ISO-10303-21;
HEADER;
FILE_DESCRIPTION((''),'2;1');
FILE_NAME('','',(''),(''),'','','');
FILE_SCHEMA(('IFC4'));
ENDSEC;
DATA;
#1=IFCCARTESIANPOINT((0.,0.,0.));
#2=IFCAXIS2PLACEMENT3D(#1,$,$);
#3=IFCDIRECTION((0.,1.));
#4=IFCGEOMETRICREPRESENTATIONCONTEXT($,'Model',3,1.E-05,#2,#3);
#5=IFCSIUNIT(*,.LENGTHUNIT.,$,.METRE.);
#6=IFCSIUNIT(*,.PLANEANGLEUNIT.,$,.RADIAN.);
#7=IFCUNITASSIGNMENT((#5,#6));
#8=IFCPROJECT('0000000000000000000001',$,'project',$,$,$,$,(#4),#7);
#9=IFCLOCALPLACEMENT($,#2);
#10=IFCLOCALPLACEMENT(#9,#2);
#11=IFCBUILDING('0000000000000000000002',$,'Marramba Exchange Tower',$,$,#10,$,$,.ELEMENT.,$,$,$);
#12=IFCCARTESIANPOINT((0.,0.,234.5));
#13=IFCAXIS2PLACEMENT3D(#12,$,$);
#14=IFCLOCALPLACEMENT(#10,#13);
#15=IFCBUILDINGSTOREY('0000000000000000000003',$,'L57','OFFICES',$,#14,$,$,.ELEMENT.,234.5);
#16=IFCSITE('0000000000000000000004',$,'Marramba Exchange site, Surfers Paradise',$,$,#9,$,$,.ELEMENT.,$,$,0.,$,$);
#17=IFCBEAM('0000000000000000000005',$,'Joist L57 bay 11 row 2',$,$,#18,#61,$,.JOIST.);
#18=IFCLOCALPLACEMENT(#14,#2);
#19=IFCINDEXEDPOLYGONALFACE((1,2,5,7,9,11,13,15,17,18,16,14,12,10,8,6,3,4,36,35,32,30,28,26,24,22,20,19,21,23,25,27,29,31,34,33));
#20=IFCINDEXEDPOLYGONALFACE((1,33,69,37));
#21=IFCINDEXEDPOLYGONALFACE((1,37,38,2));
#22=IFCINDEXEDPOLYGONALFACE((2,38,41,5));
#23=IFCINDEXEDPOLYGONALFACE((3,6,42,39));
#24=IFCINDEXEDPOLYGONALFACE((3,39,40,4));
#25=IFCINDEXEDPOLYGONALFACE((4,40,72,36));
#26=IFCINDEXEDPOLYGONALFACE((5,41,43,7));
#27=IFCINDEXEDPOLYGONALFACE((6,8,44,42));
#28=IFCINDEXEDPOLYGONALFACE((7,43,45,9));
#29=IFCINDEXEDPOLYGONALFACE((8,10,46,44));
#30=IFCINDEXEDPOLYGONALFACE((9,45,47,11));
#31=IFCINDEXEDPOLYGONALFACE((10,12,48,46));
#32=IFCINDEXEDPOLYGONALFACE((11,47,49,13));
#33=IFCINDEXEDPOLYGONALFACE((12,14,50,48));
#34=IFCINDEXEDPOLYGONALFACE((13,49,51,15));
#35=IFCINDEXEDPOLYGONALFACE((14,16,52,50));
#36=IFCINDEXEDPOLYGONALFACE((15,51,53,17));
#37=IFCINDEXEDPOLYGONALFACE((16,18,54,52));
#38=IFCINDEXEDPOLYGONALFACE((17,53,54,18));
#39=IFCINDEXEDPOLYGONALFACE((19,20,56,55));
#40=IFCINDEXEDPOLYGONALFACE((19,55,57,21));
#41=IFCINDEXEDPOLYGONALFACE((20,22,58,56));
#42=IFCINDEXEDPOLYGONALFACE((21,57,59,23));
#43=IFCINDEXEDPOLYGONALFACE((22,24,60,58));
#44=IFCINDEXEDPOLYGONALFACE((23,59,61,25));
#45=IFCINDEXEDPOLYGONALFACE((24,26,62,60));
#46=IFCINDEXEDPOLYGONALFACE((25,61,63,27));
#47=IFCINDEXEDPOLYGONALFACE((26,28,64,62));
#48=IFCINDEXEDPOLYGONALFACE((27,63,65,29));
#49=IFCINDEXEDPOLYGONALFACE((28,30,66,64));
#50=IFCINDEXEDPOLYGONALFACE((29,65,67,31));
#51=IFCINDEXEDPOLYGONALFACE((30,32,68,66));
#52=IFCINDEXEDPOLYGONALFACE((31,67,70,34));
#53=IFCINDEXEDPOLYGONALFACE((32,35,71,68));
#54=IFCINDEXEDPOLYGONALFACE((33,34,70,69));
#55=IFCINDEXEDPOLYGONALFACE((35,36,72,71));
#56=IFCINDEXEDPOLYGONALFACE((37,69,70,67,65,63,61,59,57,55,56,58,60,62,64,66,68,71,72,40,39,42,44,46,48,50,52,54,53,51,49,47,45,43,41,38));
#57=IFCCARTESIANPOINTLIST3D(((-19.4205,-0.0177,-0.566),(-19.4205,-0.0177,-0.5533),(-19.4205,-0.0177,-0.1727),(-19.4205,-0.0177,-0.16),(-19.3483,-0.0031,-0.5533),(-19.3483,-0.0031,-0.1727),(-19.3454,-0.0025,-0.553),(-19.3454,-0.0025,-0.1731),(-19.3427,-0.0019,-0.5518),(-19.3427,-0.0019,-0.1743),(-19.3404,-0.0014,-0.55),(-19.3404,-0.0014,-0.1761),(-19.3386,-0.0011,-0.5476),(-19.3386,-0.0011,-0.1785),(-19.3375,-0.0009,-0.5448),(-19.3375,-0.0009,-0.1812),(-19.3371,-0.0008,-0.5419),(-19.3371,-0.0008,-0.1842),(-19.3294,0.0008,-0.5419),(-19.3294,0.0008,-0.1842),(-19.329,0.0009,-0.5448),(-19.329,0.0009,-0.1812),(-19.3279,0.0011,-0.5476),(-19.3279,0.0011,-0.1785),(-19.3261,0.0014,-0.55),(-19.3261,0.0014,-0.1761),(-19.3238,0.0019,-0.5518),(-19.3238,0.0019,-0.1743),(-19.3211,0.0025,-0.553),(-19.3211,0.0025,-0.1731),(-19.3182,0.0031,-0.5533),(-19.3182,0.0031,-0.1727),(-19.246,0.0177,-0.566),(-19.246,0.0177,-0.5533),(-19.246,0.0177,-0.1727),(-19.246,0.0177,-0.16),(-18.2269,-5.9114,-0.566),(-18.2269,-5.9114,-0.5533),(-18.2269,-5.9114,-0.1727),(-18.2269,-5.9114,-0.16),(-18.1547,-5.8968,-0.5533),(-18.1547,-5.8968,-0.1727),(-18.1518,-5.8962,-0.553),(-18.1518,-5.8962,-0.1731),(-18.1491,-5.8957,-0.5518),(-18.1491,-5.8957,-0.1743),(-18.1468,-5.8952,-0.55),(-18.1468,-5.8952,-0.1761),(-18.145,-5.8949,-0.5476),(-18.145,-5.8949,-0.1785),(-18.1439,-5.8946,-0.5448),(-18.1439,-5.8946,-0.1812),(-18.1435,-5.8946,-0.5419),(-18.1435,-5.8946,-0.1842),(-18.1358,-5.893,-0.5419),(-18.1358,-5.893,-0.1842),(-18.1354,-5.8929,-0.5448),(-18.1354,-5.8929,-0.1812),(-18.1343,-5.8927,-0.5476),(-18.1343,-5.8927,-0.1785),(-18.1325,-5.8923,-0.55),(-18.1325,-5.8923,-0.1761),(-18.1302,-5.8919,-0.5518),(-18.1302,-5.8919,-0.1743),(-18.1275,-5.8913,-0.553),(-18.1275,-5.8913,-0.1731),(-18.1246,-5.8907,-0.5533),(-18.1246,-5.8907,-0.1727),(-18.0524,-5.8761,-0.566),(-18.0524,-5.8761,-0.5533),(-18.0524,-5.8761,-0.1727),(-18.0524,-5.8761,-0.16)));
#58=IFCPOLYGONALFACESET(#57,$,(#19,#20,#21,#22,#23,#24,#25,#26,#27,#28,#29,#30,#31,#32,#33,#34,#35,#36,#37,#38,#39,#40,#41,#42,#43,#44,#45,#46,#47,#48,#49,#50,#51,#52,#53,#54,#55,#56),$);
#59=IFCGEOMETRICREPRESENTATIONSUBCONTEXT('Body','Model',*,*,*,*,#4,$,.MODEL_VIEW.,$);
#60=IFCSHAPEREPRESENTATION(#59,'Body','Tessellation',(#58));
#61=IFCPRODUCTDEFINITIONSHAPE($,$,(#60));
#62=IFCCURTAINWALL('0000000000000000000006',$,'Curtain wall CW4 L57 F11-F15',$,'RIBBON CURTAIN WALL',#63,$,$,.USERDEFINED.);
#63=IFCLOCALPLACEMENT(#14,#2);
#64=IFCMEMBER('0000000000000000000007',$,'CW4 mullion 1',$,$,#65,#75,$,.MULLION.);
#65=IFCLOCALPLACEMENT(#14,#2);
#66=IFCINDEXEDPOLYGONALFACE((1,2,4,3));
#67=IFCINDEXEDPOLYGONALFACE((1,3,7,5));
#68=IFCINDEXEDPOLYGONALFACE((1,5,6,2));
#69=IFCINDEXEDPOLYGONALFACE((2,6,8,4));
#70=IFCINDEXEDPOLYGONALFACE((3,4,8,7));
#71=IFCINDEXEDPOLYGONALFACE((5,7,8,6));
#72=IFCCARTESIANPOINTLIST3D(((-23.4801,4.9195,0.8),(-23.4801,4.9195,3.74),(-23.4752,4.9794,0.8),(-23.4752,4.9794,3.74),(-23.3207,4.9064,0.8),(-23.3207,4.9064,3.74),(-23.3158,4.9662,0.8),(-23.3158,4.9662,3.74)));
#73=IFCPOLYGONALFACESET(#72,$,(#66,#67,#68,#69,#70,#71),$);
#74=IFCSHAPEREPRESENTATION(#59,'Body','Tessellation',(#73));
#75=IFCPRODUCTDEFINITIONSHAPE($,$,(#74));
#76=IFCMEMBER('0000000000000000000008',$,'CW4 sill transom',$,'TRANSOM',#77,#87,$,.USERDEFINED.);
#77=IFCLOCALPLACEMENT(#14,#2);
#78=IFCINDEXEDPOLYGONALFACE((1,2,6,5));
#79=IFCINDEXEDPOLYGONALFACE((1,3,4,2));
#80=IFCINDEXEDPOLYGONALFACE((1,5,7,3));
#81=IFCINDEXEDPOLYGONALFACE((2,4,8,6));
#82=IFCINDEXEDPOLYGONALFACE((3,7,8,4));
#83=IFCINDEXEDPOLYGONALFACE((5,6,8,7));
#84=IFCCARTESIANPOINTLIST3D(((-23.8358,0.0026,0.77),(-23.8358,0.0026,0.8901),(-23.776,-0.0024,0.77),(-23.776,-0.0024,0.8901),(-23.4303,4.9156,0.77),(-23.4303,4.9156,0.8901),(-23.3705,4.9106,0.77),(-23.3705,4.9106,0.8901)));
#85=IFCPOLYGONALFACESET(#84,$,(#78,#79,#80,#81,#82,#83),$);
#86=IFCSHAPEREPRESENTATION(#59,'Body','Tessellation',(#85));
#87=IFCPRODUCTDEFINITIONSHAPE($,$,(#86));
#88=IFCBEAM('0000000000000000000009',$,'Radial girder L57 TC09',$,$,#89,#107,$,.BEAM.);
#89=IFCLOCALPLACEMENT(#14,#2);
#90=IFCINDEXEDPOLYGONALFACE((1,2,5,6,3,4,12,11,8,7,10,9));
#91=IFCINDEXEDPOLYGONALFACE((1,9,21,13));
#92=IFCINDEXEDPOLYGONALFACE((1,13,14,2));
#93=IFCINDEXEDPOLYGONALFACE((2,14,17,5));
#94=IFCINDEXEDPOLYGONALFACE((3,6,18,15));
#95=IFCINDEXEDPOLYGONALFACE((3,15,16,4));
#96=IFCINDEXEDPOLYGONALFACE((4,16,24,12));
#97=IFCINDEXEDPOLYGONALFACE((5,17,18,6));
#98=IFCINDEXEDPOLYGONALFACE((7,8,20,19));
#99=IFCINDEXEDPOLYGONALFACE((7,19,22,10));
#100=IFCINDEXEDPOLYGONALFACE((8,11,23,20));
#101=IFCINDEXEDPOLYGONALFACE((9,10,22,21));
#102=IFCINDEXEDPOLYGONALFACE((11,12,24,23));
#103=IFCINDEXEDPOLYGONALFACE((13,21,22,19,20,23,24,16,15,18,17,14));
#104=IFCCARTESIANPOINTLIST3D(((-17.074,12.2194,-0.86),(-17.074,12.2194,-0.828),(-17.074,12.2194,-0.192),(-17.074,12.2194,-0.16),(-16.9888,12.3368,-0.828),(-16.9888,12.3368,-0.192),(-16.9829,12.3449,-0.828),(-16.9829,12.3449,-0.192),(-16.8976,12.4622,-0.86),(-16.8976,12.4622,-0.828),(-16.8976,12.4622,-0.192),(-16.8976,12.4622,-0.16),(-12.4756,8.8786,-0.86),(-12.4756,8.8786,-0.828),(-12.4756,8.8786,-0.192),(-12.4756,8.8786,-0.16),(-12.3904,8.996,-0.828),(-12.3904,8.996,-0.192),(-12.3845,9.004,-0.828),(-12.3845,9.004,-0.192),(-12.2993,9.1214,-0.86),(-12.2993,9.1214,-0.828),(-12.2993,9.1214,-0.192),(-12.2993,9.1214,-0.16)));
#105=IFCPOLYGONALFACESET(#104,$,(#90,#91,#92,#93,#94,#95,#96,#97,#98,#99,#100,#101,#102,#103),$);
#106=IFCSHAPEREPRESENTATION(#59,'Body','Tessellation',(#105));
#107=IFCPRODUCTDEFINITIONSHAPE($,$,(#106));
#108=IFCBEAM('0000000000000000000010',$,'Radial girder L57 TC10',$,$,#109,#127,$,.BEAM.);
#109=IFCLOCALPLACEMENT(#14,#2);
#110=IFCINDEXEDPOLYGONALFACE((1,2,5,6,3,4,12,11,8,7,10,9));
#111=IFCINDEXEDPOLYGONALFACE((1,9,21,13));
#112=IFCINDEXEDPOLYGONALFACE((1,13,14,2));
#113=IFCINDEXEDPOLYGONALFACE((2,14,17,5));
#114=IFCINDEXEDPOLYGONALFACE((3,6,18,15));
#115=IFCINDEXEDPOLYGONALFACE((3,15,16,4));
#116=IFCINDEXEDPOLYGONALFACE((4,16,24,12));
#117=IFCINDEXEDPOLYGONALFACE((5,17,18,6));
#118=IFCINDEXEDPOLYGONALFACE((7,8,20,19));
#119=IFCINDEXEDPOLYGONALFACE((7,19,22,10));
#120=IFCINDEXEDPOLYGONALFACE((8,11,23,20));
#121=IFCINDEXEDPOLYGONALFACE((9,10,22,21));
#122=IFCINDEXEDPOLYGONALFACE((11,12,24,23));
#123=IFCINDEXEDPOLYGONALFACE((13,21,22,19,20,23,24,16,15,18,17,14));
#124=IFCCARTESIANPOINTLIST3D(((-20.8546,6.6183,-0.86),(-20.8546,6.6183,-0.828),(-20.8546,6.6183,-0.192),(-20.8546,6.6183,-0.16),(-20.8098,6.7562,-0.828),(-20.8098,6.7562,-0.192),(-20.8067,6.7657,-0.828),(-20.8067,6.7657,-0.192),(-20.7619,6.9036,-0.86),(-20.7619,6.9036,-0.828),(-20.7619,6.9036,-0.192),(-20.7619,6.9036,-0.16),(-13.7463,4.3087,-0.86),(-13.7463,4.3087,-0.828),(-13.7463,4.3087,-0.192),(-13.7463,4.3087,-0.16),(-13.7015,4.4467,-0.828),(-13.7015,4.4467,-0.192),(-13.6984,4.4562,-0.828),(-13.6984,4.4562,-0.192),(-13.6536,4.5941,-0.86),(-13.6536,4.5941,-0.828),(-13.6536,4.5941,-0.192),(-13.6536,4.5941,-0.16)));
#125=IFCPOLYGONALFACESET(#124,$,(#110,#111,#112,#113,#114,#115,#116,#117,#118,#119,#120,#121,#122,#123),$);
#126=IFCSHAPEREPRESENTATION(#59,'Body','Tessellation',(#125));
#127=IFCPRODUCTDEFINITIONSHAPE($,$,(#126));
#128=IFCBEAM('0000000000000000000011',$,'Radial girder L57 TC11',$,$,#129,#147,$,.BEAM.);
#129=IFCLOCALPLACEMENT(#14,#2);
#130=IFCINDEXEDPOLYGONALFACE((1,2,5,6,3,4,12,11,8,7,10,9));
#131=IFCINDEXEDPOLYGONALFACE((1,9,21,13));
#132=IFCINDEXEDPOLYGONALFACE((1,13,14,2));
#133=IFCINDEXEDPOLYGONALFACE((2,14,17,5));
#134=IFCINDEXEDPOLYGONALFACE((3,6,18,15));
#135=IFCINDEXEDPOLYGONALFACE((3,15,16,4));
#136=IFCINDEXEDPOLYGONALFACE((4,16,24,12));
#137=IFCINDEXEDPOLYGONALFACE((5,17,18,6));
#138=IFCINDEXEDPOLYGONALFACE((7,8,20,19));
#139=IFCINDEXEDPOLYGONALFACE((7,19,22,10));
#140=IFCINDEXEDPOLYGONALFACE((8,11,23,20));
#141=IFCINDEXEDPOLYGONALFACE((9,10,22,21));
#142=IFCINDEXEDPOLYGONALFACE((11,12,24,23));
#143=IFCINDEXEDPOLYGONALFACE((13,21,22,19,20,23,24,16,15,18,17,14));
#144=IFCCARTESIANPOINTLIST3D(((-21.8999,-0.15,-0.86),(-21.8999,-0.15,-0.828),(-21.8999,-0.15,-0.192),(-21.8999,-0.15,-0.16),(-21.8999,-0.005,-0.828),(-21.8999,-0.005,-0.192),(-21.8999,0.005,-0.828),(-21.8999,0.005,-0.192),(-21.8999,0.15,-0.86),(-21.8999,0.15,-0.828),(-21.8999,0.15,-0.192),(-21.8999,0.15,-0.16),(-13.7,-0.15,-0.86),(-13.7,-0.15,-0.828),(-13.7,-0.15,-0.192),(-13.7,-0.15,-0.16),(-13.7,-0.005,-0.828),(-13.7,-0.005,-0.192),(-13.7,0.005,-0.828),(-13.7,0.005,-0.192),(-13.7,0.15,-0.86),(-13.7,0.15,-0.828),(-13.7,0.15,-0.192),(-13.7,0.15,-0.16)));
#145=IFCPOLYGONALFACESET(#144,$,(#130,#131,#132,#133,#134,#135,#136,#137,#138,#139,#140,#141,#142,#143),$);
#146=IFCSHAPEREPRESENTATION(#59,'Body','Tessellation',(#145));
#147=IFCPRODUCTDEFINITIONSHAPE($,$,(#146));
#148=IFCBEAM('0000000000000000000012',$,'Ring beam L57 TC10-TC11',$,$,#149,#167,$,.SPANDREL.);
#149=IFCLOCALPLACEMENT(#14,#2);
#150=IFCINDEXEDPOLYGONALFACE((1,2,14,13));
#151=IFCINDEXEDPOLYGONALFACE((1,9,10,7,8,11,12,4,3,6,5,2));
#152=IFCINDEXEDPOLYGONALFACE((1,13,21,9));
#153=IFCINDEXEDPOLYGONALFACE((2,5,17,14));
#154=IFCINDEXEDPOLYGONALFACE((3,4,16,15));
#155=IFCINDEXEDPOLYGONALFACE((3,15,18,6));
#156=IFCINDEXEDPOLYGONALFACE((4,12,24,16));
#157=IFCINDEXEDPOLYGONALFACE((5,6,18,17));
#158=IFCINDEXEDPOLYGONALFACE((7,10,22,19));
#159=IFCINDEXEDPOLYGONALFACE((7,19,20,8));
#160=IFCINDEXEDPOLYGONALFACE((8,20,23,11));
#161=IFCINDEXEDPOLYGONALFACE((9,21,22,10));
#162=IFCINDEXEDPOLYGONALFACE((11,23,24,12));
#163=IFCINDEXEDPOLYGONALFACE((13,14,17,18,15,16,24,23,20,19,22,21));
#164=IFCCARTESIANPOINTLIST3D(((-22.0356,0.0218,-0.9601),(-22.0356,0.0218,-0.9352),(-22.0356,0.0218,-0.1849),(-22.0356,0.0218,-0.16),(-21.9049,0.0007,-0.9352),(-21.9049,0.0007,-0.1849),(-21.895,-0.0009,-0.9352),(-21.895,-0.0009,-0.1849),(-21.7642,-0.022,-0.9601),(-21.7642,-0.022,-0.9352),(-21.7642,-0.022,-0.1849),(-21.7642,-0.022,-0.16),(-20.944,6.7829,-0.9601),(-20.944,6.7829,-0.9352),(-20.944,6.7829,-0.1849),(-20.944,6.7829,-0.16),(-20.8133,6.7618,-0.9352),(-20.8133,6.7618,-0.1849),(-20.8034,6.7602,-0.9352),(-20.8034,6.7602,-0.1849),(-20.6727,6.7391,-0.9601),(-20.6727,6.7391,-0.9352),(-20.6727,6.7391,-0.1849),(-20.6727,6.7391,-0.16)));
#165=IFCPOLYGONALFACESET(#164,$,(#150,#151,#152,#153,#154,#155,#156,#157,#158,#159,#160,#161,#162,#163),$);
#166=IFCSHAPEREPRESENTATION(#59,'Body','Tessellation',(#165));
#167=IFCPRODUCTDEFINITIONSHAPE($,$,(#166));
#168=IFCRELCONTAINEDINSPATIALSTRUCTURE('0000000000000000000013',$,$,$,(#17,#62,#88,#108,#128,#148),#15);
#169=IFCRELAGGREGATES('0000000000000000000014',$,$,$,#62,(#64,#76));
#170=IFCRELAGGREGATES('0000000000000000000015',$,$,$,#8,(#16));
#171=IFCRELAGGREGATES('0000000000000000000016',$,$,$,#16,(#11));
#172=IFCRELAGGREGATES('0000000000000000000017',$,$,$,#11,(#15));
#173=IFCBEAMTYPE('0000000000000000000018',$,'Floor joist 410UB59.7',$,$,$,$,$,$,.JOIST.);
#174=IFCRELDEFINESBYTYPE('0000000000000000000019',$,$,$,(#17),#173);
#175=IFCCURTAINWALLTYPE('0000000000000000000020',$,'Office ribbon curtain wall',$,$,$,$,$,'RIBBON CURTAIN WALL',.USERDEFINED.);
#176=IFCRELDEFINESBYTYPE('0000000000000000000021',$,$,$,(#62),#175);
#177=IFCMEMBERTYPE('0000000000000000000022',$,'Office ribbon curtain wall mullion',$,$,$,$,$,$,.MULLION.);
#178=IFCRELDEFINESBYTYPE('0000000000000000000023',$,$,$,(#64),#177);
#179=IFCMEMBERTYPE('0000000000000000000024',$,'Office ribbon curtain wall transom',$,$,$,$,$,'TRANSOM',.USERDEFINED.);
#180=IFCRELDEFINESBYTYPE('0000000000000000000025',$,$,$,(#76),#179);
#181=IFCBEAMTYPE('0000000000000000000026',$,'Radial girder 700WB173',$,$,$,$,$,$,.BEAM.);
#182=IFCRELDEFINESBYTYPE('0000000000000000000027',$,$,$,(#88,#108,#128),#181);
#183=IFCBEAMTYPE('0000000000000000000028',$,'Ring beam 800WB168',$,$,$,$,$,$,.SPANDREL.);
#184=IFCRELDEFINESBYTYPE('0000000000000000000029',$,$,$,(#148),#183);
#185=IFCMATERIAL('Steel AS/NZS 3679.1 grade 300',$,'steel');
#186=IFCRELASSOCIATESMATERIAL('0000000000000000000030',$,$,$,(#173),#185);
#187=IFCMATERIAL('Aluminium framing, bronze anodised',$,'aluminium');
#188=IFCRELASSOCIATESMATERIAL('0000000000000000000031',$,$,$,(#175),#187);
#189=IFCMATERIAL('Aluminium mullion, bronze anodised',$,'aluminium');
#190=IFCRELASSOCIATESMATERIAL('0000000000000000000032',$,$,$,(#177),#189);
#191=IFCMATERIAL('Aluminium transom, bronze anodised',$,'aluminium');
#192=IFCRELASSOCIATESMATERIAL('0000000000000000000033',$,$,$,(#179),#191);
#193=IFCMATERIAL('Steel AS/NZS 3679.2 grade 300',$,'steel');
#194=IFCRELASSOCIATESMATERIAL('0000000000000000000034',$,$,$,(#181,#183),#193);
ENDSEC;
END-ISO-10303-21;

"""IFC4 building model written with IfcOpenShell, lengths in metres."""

from ifc_helpers import new_model, si_unit, direction, frame, origin, origin_2d, place, context, subcontext, project, spatial, rectangle, i_section, extrude, material, material_profile, profile_set, type_object, element, aggregate, save


model = new_model("IFC4")

# Units and contexts
model_context = context("Model", 3, precision=1e-05, world=origin(), true_north=direction((0.0, 1.0)))
body_context = subcontext(model_context, "Body", "Model", "MODEL_VIEW")
ifc_project = project(units=[si_unit("LENGTHUNIT", "METRE"), si_unit("PLANEANGLEUNIT", "RADIAN")], contexts=[model_context])

# Site, building, storey
site_placement = place(None, origin())
site = spatial("IfcSite", under=ifc_project, at=site_placement, Name="Marramba Exchange site, Surfers Paradise", CompositionType="ELEMENT", RefElevation=0.0)
building_placement = place(site_placement, origin())
building = spatial("IfcBuilding", under=site, at=building_placement, Name="Marramba Exchange Tower", CompositionType="ELEMENT")
storey_placement = place(building_placement, frame((0.0, 0.0, 234.5)))
storey = spatial("IfcBuildingStorey", under=building, at=storey_placement, Name="L57", Description="OFFICES", CompositionType="ELEMENT", Elevation=234.5)

# Beam
ifc_material_1 = material(Name="Steel AS/NZS 3679.2 grade 300", Category="steel")
ifc_material_2 = material(Name="Steel AS/NZS 3679.1 grade 300", Category="steel")
ifc_material_profile_1 = material_profile(ifc_material_2, i_section(OverallWidth=0.178, OverallDepth=0.406, WebThickness=0.0078, FlangeThickness=0.0127, FilletRadius=0.0115, at=origin_2d()), Name="410UB59.7")
ifc_profile_set_1 = profile_set([ifc_material_profile_1], Name="Steel AS/NZS 3679.1 grade 300")
beam_type_1 = type_object("IfcBeamType", Name="Floor joist 410UB59.7", PredefinedType="JOIST", material=ifc_profile_set_1)
beam_1_placement = place(storey_placement, frame((-19.3333, 0.0, -0.363), z_axis=(0.198489, -0.980103, 0.0), x_axis=(0.980103, 0.198489, 0.0)))
element("IfcBeam", 1, at=beam_1_placement, inside=storey, type_object=beam_type_1, Name="Joist L57 bay 11 row 2", PredefinedType="JOIST", context=body_context, shape_type="SweptSolid", body=[
    extrude(i_section(OverallWidth=0.178, OverallDepth=0.406, WebThickness=0.0078, FlangeThickness=0.0127, FilletRadius=0.0115, at=origin_2d()), origin(), (0.0, 0.0, 1.0), 6.0134),
])

# Curtain wall, members
ifc_material_3 = material(Name="Aluminium framing, bronze anodised", Category="aluminium")
curtain_wall_type = type_object("IfcCurtainWallType", Name="Office ribbon curtain wall", ElementType="RIBBON CURTAIN WALL", PredefinedType="USERDEFINED", material=ifc_material_3)
curtain_wall_placement = place(storey_placement, origin())
curtain_wall = element("IfcCurtainWall", 2, at=curtain_wall_placement, inside=storey, type_object=curtain_wall_type, Name="Curtain wall CW4 L57 F11-F15", ObjectType="RIBBON CURTAIN WALL", PredefinedType="USERDEFINED")
ifc_material_4 = material(Name="Aluminium mullion, bronze anodised", Category="aluminium")
ifc_material_profile_2 = material_profile(ifc_material_4, rectangle(XDim=0.1599, YDim=0.0601, at=origin_2d()), Name="CW4 mullion 60x160")
ifc_profile_set_2 = profile_set([ifc_material_profile_2], Name="Aluminium mullion, bronze anodised")
member_type_1 = type_object("IfcMemberType", Name="Office ribbon curtain wall mullion", PredefinedType="MULLION", material=ifc_profile_set_2)
member_1_placement = place(storey_placement, frame((-23.3979, 4.9429, 0.8), z_axis=(0.0, 0.0, 1.0), x_axis=(0.996609, -0.082281, 0.0)))
member_1 = element("IfcMember", 3, at=member_1_placement, type_object=member_type_1, Name="CW4 mullion 1", PredefinedType="MULLION", context=body_context, shape_type="SweptSolid", body=[
    extrude(rectangle(XDim=0.1599, YDim=0.0601, at=origin_2d()), origin(), (0.0, 0.0, 1.0), 2.9399),
])
ifc_material_5 = material(Name="Aluminium transom, bronze anodised", Category="aluminium")
ifc_material_profile_3 = material_profile(ifc_material_5, rectangle(XDim=0.0601, YDim=0.1201, at=origin_2d()), Name="CW4 transom 60x120")
ifc_profile_set_3 = profile_set([ifc_material_profile_3], Name="Aluminium transom, bronze anodised")
member_type_2 = type_object("IfcMemberType", Name="Office ribbon curtain wall transom", ElementType="TRANSOM", PredefinedType="USERDEFINED", material=ifc_profile_set_3)
member_2_placement = place(storey_placement, frame((-23.4004, 4.9131, 0.8301), z_axis=(-0.082259, -0.996611, 0.0), x_axis=(0.996611, -0.082259, 0.0)))
member_2 = element("IfcMember", 4, at=member_2_placement, type_object=member_type_2, Name="CW4 sill transom", ObjectType="TRANSOM", PredefinedType="USERDEFINED", context=body_context, shape_type="SweptSolid", body=[
    extrude(rectangle(XDim=0.0601, YDim=0.1201, at=origin_2d()), origin(), (0.0, 0.0, 1.0), 4.9297),
])

# Beams
ifc_material_profile_4 = material_profile(ifc_material_1, i_section(OverallWidth=0.3, OverallDepth=0.7, WebThickness=0.01, FlangeThickness=0.032, at=origin_2d()), Name="700WB173")
ifc_profile_set_4 = profile_set([ifc_material_profile_4], Name="Steel AS/NZS 3679.2 grade 300")
beam_type_2 = type_object("IfcBeamType", Name="Radial girder 700WB173", PredefinedType="BEAM", material=ifc_profile_set_4)
beam_2_placement = place(storey_placement, frame((-12.3875, 9.0, -0.51), z_axis=(-0.809026, 0.587773, 0.0), x_axis=(-0.587773, -0.809026, 0.0)))
element("IfcBeam", 5, at=beam_2_placement, inside=storey, type_object=beam_type_2, Name="Radial girder L57 TC09", PredefinedType="BEAM", context=body_context, shape_type="SweptSolid", body=[
    extrude(i_section(OverallWidth=0.3, OverallDepth=0.7, WebThickness=0.01, FlangeThickness=0.032, at=origin_2d()), origin(), (0.0, 0.0, 1.0), 5.6838),
])
beam_3_placement = place(storey_placement, frame((-13.7, 4.4514, -0.51), z_axis=(-0.95106, 0.309006, 0.0), x_axis=(-0.309006, -0.95106, 0.0)))
element("IfcBeam", 6, at=beam_3_placement, inside=storey, type_object=beam_type_2, Name="Radial girder L57 TC10", PredefinedType="BEAM", context=body_context, shape_type="SweptSolid", body=[
    extrude(i_section(OverallWidth=0.3, OverallDepth=0.7, WebThickness=0.01, FlangeThickness=0.032, at=origin_2d()), origin(), (0.0, 0.0, 1.0), 7.4741),
])
beam_4_placement = place(storey_placement, frame((-13.7, 0.0, -0.51), z_axis=(-1.0, 0.0, 0.0), x_axis=(0.0, -1.0, 0.0)))
element("IfcBeam", 7, at=beam_4_placement, inside=storey, type_object=beam_type_2, Name="Radial girder L57 TC11", PredefinedType="BEAM", context=body_context, shape_type="SweptSolid", body=[
    extrude(i_section(OverallWidth=0.3, OverallDepth=0.7, WebThickness=0.01, FlangeThickness=0.032, at=origin_2d()), origin(), (0.0, 0.0, 1.0), 8.2),
])
ifc_material_profile_5 = material_profile(ifc_material_1, i_section(OverallWidth=0.2749, OverallDepth=0.8, WebThickness=0.01, FlangeThickness=0.0249, at=origin_2d()), Name="800WB168")
ifc_profile_set_5 = profile_set([ifc_material_profile_5], Name="Steel AS/NZS 3679.2 grade 300")
beam_type_3 = type_object("IfcBeamType", Name="Ring beam 800WB168", PredefinedType="SPANDREL", material=ifc_profile_set_5)
beam_5_placement = place(storey_placement, frame((-20.8083, 6.761, -0.5601), z_axis=(-0.159385, -0.987217, 0.0), x_axis=(0.987217, -0.159385, 0.0)))
element("IfcBeam", 8, at=beam_5_placement, inside=storey, type_object=beam_type_3, Name="Ring beam L57 TC10-TC11", PredefinedType="SPANDREL", context=body_context, shape_type="SweptSolid", body=[
    extrude(i_section(OverallWidth=0.2749, OverallDepth=0.8, WebThickness=0.01, FlangeThickness=0.0249, at=origin_2d()), origin(), (0.0, 0.0, 1.0), 6.8486),
])

aggregate(curtain_wall, [member_1, member_2])

save(model, "model.ifc")
